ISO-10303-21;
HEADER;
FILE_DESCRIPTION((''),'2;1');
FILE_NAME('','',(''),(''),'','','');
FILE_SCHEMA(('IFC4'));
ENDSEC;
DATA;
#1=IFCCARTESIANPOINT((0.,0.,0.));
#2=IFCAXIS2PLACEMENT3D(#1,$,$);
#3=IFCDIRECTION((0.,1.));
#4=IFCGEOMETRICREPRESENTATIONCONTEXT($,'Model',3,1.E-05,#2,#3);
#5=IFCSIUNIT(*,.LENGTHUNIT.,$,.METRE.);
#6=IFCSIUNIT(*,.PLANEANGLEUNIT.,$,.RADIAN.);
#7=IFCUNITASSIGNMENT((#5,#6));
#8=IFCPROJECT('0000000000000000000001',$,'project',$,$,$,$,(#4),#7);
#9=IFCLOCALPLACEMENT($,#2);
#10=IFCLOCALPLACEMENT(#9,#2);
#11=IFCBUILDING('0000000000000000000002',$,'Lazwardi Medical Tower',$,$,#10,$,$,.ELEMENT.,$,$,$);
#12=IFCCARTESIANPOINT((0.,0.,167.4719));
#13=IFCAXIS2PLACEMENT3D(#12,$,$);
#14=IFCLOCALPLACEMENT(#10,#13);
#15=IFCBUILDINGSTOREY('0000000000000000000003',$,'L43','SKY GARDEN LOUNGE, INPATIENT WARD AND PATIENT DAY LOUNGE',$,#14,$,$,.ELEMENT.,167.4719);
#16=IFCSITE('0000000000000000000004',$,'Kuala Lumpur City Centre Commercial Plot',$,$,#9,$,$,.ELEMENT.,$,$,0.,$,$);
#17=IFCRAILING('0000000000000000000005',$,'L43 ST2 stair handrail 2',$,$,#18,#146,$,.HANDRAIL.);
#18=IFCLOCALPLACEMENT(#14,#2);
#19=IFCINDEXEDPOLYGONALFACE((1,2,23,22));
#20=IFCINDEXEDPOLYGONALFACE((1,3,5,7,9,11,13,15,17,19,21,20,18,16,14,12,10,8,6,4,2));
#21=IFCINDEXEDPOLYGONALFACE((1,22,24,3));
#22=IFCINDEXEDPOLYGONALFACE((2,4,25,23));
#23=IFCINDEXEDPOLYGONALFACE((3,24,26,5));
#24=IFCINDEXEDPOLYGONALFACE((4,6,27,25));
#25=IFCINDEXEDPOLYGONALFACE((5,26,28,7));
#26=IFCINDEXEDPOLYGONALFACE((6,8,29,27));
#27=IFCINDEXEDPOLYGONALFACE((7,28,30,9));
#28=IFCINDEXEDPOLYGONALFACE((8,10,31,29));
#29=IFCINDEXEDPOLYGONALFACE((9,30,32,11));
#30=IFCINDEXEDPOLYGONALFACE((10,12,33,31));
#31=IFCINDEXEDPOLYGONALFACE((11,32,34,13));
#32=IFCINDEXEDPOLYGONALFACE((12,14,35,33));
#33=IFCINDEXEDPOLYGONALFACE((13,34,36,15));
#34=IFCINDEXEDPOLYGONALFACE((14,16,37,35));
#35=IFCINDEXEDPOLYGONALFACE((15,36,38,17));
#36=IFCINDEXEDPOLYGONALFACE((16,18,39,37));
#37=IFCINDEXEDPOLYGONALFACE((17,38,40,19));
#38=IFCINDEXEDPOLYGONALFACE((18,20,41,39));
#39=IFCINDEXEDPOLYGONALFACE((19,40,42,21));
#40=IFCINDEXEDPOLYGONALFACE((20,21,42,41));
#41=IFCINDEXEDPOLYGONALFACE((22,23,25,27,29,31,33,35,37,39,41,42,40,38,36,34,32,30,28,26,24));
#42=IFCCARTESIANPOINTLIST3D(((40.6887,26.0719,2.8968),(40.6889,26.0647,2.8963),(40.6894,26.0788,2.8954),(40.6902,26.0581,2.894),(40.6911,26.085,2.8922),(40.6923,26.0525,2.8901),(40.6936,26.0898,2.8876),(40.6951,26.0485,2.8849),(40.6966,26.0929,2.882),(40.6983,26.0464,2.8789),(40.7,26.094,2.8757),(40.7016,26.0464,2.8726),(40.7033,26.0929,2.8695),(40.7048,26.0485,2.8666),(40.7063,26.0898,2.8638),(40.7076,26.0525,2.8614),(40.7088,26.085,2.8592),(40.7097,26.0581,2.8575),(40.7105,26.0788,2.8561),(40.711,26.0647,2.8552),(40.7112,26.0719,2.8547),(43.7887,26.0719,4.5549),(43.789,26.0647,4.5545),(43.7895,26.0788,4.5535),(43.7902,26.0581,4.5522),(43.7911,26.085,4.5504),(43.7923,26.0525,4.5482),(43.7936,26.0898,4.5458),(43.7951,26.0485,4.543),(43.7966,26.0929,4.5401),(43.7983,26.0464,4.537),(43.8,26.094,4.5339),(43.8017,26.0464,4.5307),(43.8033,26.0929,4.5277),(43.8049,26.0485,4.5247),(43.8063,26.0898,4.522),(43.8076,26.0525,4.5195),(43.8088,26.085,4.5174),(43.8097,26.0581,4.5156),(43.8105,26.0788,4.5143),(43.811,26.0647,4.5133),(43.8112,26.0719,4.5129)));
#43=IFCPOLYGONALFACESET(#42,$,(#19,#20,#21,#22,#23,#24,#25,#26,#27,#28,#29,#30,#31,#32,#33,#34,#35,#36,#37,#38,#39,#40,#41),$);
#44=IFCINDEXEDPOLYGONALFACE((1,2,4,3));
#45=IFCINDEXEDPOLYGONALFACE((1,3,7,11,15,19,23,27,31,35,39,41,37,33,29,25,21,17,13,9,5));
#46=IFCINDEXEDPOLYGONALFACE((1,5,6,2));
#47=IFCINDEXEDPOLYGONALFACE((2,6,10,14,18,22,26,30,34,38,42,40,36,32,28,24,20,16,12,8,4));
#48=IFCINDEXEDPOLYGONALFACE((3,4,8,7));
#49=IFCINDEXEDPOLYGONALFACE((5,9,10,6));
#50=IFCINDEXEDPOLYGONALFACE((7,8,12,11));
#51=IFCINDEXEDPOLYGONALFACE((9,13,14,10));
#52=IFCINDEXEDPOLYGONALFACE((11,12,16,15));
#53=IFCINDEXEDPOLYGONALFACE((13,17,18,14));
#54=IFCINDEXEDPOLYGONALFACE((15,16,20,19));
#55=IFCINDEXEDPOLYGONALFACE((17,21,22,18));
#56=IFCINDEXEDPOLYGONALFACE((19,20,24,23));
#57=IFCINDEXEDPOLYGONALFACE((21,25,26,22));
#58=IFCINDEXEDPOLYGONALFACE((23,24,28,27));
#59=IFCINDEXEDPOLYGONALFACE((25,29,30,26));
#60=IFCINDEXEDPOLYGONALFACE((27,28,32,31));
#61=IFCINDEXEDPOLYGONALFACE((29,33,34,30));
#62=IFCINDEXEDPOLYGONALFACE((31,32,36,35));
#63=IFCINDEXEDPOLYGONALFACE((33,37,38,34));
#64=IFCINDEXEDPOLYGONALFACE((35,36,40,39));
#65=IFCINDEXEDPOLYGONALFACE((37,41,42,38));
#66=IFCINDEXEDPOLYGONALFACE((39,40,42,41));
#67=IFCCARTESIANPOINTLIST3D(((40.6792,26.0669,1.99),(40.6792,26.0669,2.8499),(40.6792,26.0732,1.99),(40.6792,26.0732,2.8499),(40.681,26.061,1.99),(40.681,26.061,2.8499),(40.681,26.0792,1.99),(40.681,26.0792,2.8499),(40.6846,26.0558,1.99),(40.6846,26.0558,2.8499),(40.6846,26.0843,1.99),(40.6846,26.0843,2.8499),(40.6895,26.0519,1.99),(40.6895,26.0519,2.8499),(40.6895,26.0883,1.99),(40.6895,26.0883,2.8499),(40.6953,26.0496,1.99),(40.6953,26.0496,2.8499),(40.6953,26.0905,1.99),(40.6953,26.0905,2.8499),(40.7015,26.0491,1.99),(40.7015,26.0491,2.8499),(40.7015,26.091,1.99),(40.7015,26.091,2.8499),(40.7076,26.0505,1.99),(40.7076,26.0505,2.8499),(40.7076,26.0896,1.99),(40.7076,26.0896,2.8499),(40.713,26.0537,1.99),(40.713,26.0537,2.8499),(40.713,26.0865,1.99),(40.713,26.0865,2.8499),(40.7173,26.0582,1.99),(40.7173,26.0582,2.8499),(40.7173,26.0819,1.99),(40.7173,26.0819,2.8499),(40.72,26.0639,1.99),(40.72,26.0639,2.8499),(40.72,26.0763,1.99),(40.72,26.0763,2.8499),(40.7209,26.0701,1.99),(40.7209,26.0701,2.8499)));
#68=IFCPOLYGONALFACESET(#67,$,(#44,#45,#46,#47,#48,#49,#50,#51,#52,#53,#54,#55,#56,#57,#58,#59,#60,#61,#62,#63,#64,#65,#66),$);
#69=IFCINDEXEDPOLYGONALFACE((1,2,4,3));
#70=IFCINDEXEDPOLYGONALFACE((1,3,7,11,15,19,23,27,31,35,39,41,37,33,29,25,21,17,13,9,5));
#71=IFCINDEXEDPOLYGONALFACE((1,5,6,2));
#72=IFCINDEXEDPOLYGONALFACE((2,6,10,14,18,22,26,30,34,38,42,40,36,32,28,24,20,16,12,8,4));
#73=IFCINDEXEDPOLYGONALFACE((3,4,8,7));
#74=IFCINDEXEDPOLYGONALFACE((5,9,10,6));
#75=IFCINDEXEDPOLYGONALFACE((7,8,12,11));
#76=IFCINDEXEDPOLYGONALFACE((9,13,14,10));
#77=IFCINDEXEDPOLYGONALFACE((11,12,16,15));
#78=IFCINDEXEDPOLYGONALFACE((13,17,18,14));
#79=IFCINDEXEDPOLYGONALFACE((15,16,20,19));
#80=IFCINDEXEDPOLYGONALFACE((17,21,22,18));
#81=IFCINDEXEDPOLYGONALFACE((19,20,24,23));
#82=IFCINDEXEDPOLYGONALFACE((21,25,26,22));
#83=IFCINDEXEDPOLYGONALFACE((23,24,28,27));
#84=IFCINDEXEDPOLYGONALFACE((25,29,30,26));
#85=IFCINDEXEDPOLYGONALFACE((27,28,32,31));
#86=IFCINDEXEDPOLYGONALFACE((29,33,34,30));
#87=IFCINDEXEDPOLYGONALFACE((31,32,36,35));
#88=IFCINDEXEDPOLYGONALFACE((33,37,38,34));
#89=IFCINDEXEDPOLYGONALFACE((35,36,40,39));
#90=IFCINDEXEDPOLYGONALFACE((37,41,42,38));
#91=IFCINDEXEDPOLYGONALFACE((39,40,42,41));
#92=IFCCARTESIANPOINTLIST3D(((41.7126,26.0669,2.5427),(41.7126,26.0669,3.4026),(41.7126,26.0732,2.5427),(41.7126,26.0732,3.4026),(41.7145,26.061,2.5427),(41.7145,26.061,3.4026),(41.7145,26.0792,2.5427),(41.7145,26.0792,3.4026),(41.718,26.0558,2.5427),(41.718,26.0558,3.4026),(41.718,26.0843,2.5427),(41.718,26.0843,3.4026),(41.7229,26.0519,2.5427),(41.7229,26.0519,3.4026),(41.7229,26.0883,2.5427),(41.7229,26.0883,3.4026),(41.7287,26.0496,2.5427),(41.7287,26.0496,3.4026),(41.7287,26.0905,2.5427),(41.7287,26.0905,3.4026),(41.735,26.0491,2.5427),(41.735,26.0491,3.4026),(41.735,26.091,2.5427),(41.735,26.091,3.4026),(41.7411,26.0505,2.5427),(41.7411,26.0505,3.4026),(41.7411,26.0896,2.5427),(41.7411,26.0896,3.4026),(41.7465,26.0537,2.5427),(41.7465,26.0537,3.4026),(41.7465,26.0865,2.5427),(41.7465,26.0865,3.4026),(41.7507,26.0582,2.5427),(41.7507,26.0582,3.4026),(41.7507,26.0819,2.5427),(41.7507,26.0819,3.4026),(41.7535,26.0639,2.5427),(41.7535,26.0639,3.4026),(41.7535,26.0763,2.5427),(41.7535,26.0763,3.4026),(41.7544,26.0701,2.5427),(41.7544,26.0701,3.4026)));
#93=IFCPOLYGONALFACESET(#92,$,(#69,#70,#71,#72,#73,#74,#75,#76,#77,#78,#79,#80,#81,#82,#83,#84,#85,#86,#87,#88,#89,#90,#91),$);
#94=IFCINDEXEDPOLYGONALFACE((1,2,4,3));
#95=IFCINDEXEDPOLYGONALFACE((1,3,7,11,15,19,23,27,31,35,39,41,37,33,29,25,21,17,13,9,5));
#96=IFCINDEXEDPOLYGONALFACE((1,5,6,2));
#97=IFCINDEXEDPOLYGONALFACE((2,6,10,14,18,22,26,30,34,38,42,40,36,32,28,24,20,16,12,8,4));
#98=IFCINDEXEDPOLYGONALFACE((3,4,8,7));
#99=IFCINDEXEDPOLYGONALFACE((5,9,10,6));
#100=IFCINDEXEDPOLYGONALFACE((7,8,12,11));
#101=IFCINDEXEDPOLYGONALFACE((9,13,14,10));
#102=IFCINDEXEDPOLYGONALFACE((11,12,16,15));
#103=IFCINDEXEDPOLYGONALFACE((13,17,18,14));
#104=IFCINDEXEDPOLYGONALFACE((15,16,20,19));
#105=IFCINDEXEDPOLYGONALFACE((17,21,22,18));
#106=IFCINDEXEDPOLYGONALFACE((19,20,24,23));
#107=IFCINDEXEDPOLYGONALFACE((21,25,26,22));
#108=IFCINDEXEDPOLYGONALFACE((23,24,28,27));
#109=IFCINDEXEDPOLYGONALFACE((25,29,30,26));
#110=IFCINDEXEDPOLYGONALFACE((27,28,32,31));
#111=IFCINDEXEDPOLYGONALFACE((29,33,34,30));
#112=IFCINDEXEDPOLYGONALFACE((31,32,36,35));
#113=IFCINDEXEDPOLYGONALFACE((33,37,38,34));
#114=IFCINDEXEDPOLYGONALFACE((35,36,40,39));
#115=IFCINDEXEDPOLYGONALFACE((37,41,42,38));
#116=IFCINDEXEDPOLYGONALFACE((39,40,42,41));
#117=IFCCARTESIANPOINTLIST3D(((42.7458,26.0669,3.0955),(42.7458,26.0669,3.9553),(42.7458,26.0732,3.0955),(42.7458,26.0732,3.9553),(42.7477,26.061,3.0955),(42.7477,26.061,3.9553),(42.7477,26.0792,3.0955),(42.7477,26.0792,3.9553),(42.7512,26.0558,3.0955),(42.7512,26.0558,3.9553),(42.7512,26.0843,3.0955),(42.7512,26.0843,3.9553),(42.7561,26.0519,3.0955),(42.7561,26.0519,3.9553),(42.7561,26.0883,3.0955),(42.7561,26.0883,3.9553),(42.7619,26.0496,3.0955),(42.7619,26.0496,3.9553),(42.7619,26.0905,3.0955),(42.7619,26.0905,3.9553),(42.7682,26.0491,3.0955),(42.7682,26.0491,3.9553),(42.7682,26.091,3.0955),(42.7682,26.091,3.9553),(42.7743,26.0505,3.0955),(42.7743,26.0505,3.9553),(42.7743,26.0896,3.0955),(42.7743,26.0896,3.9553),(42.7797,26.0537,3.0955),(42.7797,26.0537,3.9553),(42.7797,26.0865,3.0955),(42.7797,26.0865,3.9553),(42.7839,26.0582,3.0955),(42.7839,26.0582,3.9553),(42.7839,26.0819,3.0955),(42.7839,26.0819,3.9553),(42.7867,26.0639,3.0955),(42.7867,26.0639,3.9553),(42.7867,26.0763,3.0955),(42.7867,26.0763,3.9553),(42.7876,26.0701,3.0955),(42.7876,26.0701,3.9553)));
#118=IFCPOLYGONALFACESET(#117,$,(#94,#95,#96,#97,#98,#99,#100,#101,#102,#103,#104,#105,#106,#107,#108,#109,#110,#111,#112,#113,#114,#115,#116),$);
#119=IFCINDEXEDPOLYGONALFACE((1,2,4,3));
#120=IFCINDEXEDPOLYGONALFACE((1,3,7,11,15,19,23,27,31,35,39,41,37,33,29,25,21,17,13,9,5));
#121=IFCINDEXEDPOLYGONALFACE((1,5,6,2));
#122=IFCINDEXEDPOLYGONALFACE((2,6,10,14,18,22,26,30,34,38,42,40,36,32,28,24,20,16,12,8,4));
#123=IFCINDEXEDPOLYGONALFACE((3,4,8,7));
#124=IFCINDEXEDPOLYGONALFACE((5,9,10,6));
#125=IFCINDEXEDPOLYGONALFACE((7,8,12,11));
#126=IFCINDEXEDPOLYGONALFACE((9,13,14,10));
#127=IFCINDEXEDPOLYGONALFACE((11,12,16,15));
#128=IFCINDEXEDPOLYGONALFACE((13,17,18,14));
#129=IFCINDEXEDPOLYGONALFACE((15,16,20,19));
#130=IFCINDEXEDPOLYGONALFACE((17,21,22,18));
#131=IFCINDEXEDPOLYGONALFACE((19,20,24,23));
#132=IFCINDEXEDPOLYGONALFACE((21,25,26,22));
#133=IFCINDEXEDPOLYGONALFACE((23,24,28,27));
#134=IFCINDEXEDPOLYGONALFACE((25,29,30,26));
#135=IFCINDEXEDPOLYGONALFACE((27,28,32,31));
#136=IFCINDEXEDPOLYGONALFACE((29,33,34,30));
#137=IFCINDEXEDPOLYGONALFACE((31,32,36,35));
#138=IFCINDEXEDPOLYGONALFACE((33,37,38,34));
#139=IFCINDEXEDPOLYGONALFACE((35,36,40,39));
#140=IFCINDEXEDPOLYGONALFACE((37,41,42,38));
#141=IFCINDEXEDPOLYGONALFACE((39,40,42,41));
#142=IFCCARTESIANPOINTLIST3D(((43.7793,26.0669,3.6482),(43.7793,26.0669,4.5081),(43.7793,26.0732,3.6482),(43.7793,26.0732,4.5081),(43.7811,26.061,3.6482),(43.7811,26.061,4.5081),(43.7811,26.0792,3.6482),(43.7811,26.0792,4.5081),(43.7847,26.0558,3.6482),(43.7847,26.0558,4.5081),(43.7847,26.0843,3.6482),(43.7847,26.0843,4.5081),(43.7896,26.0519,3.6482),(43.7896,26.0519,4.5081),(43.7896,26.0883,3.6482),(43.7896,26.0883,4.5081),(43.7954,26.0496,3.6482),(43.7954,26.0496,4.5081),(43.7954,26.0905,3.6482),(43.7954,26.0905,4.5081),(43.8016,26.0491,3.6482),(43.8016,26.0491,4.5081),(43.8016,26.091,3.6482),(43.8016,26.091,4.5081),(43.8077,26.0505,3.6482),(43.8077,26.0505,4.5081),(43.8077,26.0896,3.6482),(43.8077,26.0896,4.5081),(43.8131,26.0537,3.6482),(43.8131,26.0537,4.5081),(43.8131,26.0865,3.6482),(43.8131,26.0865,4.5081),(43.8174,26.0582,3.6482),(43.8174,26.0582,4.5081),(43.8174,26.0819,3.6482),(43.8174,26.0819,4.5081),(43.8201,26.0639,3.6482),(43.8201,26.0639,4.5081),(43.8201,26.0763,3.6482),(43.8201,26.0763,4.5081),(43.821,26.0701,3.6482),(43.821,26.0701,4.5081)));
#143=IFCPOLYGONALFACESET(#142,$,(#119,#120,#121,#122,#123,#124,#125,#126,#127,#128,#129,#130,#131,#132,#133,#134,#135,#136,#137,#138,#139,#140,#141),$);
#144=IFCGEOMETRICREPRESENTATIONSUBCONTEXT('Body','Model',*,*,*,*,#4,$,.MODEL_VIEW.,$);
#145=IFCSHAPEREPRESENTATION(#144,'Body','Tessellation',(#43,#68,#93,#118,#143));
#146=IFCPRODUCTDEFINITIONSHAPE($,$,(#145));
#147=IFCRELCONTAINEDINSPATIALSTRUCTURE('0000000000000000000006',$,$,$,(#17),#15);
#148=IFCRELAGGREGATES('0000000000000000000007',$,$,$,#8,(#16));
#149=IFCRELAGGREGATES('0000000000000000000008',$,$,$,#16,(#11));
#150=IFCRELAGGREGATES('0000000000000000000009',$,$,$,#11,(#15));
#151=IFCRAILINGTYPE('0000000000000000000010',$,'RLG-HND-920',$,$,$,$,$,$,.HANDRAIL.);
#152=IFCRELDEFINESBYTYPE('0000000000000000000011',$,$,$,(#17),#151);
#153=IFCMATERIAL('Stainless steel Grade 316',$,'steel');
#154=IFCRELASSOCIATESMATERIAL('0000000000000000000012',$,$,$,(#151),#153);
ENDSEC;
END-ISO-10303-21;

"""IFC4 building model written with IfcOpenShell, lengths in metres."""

from ifc_helpers import new_model, si_unit, direction, frame, origin, origin_2d, place, context, subcontext, project, spatial, circle, extrude, material, type_object, element, save


model = new_model("IFC4")

# Units and contexts
model_context = context("Model", 3, precision=1e-05, world=origin(), true_north=direction((0.0, 1.0)))
body_context = subcontext(model_context, "Body", "Model", "MODEL_VIEW")
ifc_project = project(units=[si_unit("LENGTHUNIT", "METRE"), si_unit("PLANEANGLEUNIT", "RADIAN")], contexts=[model_context])

# Site, building, storey
site_placement = place(None, origin())
site = spatial("IfcSite", under=ifc_project, at=site_placement, Name="Kuala Lumpur City Centre Commercial Plot", CompositionType="ELEMENT", RefElevation=0.0)
building_placement = place(site_placement, origin())
building = spatial("IfcBuilding", under=site, at=building_placement, Name="Lazwardi Medical Tower", CompositionType="ELEMENT")
storey_placement = place(building_placement, frame((0.0, 0.0, 167.4719)))
storey = spatial("IfcBuildingStorey", under=building, at=storey_placement, Name="L43", Description="SKY GARDEN LOUNGE, INPATIENT WARD AND PATIENT DAY LOUNGE", CompositionType="ELEMENT", Elevation=167.4719)

# Railing
ifc_material_1 = material(Name="Stainless steel Grade 316", Category="steel")
railing_type_1 = type_object("IfcRailingType", Name="RLG-HND-920", PredefinedType="HANDRAIL", material=ifc_material_1)
railing_1_placement = place(storey_placement, frame((40.7, 26.0701, 1.99)))
element("IfcRailing", 1, at=railing_1_placement, inside=storey, type_object=railing_type_1, Name="L43 ST2 stair handrail 2", PredefinedType="HANDRAIL", context=body_context, shape_type="SweptSolid", body=[
    extrude(circle(Radius=0.0239, at=origin_2d()), frame((0.0, 0.0, 0.8857), z_axis=(0.881783, 0.0, 0.471655), x_axis=(0.0, 1.0, 0.0)), (0.0, 0.0, 1.0), 3.5156),
    extrude(circle(Radius=0.021, at=origin_2d()), origin(), (0.0, 0.0, 1.0), 0.8599),
    extrude(circle(Radius=0.021, at=origin_2d()), frame((1.0334, 0.0, 0.5527)), (0.0, 0.0, 1.0), 0.8599),
    extrude(circle(Radius=0.021, at=origin_2d()), frame((2.0667, 0.0, 1.1055)), (0.0, 0.0, 1.0), 0.8599),
    extrude(circle(Radius=0.021, at=origin_2d()), frame((3.1001, 0.0, 1.6582)), (0.0, 0.0, 1.0), 0.8599),
])

save(model, "model.ifc")
